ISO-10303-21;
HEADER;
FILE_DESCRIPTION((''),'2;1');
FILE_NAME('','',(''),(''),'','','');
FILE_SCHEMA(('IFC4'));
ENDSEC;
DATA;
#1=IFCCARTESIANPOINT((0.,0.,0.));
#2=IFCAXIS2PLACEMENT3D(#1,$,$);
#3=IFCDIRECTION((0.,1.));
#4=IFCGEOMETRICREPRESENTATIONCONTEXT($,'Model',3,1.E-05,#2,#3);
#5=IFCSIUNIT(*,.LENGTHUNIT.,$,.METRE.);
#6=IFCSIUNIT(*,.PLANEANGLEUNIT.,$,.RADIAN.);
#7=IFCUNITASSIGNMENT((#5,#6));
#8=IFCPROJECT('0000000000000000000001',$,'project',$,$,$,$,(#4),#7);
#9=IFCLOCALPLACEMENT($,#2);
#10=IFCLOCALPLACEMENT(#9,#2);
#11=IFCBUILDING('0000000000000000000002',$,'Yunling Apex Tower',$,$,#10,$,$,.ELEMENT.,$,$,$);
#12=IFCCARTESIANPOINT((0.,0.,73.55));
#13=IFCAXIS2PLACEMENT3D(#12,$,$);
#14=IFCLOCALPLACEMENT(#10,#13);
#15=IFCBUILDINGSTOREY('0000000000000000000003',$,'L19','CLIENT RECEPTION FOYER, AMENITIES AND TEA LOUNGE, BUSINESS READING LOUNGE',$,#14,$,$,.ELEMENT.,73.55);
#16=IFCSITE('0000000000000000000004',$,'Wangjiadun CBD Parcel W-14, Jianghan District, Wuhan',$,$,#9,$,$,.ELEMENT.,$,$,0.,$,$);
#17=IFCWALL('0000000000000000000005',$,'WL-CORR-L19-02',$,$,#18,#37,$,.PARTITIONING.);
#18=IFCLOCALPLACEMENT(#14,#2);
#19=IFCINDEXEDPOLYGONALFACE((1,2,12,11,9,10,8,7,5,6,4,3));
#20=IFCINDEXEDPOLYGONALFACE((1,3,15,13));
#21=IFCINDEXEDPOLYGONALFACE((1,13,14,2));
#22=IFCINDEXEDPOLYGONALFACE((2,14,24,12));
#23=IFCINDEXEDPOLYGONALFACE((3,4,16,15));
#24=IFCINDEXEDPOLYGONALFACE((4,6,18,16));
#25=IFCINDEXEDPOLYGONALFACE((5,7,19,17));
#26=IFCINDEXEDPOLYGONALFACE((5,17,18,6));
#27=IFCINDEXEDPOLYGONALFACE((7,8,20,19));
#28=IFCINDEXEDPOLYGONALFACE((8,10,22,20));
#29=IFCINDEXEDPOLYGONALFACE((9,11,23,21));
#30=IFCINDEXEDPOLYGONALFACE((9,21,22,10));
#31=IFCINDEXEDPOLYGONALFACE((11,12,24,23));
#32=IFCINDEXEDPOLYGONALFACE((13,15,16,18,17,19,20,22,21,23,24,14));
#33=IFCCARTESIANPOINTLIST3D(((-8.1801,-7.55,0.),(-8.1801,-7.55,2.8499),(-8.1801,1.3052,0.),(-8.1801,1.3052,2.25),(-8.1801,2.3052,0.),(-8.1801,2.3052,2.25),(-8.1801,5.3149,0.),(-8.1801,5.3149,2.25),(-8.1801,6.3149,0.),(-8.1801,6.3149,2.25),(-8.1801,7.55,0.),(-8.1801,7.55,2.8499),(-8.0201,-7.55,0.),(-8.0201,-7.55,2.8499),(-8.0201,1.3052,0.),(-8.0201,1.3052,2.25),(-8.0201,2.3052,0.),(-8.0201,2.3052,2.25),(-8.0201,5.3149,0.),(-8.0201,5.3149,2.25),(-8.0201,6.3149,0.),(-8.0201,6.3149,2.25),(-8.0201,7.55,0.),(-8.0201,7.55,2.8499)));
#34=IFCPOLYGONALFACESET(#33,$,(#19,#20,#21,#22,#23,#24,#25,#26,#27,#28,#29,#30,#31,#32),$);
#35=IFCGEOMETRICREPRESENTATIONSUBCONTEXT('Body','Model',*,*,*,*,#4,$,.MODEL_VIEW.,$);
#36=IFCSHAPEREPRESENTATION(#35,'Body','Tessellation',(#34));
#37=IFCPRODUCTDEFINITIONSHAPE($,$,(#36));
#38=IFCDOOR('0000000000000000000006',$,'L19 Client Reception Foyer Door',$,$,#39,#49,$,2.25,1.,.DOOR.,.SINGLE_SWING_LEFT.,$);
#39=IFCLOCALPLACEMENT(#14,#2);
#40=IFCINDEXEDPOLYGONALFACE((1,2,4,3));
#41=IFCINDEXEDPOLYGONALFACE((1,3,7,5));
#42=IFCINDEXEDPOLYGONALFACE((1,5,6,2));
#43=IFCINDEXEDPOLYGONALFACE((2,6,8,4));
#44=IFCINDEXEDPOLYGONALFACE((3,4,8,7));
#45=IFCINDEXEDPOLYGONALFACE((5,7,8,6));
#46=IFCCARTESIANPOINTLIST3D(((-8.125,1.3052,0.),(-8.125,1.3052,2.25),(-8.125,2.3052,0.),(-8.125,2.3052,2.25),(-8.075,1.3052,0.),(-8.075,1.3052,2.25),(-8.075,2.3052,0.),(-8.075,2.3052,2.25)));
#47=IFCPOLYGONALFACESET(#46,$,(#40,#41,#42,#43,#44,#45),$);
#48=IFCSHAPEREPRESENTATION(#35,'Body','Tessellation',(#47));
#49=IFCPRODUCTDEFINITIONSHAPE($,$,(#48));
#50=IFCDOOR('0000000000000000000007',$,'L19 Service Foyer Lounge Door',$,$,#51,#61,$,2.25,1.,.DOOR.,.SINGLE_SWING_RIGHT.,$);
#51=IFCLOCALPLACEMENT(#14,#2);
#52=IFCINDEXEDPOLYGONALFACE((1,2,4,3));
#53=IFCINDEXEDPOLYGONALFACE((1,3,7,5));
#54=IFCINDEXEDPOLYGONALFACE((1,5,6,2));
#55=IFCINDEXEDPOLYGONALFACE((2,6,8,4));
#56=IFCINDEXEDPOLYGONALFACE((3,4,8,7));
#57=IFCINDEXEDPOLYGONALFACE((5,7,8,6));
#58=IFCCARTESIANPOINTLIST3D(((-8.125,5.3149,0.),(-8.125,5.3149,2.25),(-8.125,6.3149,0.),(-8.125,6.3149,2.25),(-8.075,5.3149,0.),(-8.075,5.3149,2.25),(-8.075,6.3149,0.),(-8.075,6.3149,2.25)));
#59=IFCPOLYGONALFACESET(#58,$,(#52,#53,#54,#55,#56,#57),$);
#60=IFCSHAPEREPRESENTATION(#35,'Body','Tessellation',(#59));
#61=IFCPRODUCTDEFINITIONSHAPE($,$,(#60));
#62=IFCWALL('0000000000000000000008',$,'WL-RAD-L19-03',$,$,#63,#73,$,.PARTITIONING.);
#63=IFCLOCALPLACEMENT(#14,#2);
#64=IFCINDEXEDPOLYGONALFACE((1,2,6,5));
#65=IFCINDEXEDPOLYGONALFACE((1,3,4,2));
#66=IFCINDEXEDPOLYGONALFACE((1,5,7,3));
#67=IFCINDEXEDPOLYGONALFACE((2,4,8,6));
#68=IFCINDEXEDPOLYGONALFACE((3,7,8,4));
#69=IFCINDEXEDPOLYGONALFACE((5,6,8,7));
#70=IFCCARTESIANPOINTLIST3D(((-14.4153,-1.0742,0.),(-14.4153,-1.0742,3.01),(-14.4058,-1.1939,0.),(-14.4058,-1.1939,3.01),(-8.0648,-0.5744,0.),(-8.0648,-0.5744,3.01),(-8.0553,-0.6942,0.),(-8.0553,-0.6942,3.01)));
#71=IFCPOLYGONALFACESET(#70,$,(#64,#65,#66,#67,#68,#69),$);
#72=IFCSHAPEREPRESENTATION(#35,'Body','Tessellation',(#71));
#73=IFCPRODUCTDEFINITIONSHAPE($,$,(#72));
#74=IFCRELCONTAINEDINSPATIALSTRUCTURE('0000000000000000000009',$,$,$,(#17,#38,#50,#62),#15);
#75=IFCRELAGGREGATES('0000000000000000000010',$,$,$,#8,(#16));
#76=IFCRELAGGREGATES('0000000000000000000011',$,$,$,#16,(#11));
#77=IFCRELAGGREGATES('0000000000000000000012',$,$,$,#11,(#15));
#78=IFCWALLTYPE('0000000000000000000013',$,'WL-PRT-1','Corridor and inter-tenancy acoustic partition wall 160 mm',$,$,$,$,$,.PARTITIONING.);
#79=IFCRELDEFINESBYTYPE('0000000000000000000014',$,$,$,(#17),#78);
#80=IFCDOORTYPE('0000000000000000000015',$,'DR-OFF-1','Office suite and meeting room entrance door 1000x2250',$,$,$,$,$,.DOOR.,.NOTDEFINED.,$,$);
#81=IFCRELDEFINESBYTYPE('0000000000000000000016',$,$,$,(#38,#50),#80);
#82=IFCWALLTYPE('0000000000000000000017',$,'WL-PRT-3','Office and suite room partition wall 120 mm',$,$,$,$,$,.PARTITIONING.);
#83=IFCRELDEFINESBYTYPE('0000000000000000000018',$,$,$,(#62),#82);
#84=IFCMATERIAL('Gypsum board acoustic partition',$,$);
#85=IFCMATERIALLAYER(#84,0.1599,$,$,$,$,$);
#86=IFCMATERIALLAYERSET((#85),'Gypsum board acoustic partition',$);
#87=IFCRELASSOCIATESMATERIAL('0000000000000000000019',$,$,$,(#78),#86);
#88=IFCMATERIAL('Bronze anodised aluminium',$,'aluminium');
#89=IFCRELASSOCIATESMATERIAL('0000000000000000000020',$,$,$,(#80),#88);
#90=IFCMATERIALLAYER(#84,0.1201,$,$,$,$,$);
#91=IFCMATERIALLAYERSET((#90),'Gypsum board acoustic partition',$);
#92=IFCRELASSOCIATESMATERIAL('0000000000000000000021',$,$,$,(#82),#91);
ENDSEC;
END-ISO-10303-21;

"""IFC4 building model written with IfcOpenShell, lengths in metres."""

from ifc_helpers import new_model, si_unit, direction, frame, frame_2d, origin, place, context, subcontext, project, spatial, rectangle, extrude, material, layer, layer_set, type_object, element, fill, save


model = new_model("IFC4")

# Units and contexts
model_context = context("Model", 3, precision=1e-05, world=origin(), true_north=direction((0.0, 1.0)))
body_context = subcontext(model_context, "Body", "Model", "MODEL_VIEW")
ifc_project = project(units=[si_unit("LENGTHUNIT", "METRE"), si_unit("PLANEANGLEUNIT", "RADIAN")], contexts=[model_context])

# Site, building, storey
site_placement = place(None, origin())
site = spatial("IfcSite", under=ifc_project, at=site_placement, Name="Wangjiadun CBD Parcel W-14, Jianghan District, Wuhan", CompositionType="ELEMENT", RefElevation=0.0)
building_placement = place(site_placement, origin())
building = spatial("IfcBuilding", under=site, at=building_placement, Name="Yunling Apex Tower", CompositionType="ELEMENT")
storey_placement = place(building_placement, frame((0.0, 0.0, 73.55)))
storey = spatial("IfcBuildingStorey", under=building, at=storey_placement, Name="L19", Description="CLIENT RECEPTION FOYER, AMENITIES AND TEA LOUNGE, BUSINESS READING LOUNGE", CompositionType="ELEMENT", Elevation=73.55)

# Shared definitions
ifc_material_1 = material(Name="Bronze anodised aluminium", Category="aluminium")

# Wall, openings, doors
ifc_material_2 = material(Name="Gypsum board acoustic partition")
ifc_layer_1 = layer(ifc_material_2, 0.1599)
ifc_layer_set_1 = layer_set([ifc_layer_1], Name="Gypsum board acoustic partition")
wall_type_1 = type_object("IfcWallType", Name="WL-PRT-1", Description="Corridor and inter-tenancy acoustic partition wall 160 mm", PredefinedType="PARTITIONING", material=ifc_layer_set_1)
wall_1_placement = place(storey_placement, frame((-8.1001, -7.55, 0.0), z_axis=(0.0, 0.0, 1.0), x_axis=(0.0, 1.0, 0.0)))
wall_1 = element("IfcWall", 1, at=wall_1_placement, inside=storey, type_object=wall_type_1, Name="WL-CORR-L19-02", PredefinedType="PARTITIONING", context=body_context, shape_type="SweptSolid", body=[
    extrude(rectangle(XDim=15.1001, YDim=0.1599, at=frame_2d((7.55, 0.0))), origin(), (0.0, 0.0, 1.0), 2.8499),
])
opening_1_placement = place(wall_1_placement, frame((8.8552, 0.0, 0.0)))
opening_1 = element("IfcOpeningElement", 2, at=opening_1_placement, cuts=wall_1, PredefinedType="OPENING", context=body_context, shape_type="SweptSolid", body=[
    extrude(rectangle(XDim=1.0, YDim=2.25, at=frame_2d((0.5, 1.125))), frame((0.0, 0.0898, 0.0), z_axis=(0.0, -1.0, 0.0), x_axis=(1.0, 0.0, 0.0)), (0.0, 0.0, 1.0), 0.1799),
])
opening_2_placement = place(wall_1_placement, frame((12.865, 0.0, 0.0)))
opening_2 = element("IfcOpeningElement", 3, at=opening_2_placement, cuts=wall_1, PredefinedType="OPENING", context=body_context, shape_type="SweptSolid", body=[
    extrude(rectangle(XDim=1.0, YDim=2.25, at=frame_2d((0.5, 1.125))), frame((0.0, 0.0898, 0.0), z_axis=(0.0, -1.0, 0.0), x_axis=(1.0, 0.0, 0.0)), (0.0, 0.0, 1.0), 0.1799),
])
door_type = type_object("IfcDoorType", Name="DR-OFF-1", Description="Office suite and meeting room entrance door 1000x2250", OperationType="NOTDEFINED", PredefinedType="DOOR", material=ifc_material_1)
door_1_placement = place(opening_1_placement, origin())
door_1 = element("IfcDoor", 4, at=door_1_placement, inside=storey, type_object=door_type, Name="L19 Client Reception Foyer Door", OperationType="SINGLE_SWING_LEFT", OverallHeight=2.25, OverallWidth=1.0, PredefinedType="DOOR", context=body_context, shape_type="SweptSolid", body=[
    extrude(rectangle(XDim=1.0, YDim=2.25, at=frame_2d((0.5, 1.125))), frame((0.0, 0.0249, 0.0), z_axis=(0.0, -1.0, 0.0), x_axis=(1.0, 0.0, 0.0)), (0.0, 0.0, 1.0), 0.05),
])
fill(opening_1, door_1)
door_2_placement = place(opening_2_placement, origin())
door_2 = element("IfcDoor", 5, at=door_2_placement, inside=storey, type_object=door_type, Name="L19 Service Foyer Lounge Door", OperationType="SINGLE_SWING_RIGHT", OverallHeight=2.25, OverallWidth=1.0, PredefinedType="DOOR", context=body_context, shape_type="SweptSolid", body=[
    extrude(rectangle(XDim=1.0, YDim=2.25, at=frame_2d((0.5, 1.125))), frame((0.0, 0.0249, 0.0), z_axis=(0.0, -1.0, 0.0), x_axis=(1.0, 0.0, 0.0)), (0.0, 0.0, 1.0), 0.05),
])
fill(opening_2, door_2)

# Wall
ifc_layer_2 = layer(ifc_material_2, 0.1201)
ifc_layer_set_2 = layer_set([ifc_layer_2], Name="Gypsum board acoustic partition")
wall_type_2 = type_object("IfcWallType", Name="WL-PRT-3", Description="Office and suite room partition wall 120 mm", PredefinedType="PARTITIONING", material=ifc_layer_set_2)
wall_2_placement = place(storey_placement, frame((-8.0601, -0.6343, 0.0), z_axis=(0.0, 0.0, 1.0), x_axis=(-0.996918, -0.078452, 0.0)))
element("IfcWall", 6, at=wall_2_placement, inside=storey, type_object=wall_type_2, Name="WL-RAD-L19-03", PredefinedType="PARTITIONING", context=body_context, shape_type="SweptSolid", body=[
    extrude(rectangle(XDim=6.3701, YDim=0.1201, at=frame_2d((3.1851, 0.0))), origin(), (0.0, 0.0, 1.0), 3.01),
])

save(model, "model.ifc")
